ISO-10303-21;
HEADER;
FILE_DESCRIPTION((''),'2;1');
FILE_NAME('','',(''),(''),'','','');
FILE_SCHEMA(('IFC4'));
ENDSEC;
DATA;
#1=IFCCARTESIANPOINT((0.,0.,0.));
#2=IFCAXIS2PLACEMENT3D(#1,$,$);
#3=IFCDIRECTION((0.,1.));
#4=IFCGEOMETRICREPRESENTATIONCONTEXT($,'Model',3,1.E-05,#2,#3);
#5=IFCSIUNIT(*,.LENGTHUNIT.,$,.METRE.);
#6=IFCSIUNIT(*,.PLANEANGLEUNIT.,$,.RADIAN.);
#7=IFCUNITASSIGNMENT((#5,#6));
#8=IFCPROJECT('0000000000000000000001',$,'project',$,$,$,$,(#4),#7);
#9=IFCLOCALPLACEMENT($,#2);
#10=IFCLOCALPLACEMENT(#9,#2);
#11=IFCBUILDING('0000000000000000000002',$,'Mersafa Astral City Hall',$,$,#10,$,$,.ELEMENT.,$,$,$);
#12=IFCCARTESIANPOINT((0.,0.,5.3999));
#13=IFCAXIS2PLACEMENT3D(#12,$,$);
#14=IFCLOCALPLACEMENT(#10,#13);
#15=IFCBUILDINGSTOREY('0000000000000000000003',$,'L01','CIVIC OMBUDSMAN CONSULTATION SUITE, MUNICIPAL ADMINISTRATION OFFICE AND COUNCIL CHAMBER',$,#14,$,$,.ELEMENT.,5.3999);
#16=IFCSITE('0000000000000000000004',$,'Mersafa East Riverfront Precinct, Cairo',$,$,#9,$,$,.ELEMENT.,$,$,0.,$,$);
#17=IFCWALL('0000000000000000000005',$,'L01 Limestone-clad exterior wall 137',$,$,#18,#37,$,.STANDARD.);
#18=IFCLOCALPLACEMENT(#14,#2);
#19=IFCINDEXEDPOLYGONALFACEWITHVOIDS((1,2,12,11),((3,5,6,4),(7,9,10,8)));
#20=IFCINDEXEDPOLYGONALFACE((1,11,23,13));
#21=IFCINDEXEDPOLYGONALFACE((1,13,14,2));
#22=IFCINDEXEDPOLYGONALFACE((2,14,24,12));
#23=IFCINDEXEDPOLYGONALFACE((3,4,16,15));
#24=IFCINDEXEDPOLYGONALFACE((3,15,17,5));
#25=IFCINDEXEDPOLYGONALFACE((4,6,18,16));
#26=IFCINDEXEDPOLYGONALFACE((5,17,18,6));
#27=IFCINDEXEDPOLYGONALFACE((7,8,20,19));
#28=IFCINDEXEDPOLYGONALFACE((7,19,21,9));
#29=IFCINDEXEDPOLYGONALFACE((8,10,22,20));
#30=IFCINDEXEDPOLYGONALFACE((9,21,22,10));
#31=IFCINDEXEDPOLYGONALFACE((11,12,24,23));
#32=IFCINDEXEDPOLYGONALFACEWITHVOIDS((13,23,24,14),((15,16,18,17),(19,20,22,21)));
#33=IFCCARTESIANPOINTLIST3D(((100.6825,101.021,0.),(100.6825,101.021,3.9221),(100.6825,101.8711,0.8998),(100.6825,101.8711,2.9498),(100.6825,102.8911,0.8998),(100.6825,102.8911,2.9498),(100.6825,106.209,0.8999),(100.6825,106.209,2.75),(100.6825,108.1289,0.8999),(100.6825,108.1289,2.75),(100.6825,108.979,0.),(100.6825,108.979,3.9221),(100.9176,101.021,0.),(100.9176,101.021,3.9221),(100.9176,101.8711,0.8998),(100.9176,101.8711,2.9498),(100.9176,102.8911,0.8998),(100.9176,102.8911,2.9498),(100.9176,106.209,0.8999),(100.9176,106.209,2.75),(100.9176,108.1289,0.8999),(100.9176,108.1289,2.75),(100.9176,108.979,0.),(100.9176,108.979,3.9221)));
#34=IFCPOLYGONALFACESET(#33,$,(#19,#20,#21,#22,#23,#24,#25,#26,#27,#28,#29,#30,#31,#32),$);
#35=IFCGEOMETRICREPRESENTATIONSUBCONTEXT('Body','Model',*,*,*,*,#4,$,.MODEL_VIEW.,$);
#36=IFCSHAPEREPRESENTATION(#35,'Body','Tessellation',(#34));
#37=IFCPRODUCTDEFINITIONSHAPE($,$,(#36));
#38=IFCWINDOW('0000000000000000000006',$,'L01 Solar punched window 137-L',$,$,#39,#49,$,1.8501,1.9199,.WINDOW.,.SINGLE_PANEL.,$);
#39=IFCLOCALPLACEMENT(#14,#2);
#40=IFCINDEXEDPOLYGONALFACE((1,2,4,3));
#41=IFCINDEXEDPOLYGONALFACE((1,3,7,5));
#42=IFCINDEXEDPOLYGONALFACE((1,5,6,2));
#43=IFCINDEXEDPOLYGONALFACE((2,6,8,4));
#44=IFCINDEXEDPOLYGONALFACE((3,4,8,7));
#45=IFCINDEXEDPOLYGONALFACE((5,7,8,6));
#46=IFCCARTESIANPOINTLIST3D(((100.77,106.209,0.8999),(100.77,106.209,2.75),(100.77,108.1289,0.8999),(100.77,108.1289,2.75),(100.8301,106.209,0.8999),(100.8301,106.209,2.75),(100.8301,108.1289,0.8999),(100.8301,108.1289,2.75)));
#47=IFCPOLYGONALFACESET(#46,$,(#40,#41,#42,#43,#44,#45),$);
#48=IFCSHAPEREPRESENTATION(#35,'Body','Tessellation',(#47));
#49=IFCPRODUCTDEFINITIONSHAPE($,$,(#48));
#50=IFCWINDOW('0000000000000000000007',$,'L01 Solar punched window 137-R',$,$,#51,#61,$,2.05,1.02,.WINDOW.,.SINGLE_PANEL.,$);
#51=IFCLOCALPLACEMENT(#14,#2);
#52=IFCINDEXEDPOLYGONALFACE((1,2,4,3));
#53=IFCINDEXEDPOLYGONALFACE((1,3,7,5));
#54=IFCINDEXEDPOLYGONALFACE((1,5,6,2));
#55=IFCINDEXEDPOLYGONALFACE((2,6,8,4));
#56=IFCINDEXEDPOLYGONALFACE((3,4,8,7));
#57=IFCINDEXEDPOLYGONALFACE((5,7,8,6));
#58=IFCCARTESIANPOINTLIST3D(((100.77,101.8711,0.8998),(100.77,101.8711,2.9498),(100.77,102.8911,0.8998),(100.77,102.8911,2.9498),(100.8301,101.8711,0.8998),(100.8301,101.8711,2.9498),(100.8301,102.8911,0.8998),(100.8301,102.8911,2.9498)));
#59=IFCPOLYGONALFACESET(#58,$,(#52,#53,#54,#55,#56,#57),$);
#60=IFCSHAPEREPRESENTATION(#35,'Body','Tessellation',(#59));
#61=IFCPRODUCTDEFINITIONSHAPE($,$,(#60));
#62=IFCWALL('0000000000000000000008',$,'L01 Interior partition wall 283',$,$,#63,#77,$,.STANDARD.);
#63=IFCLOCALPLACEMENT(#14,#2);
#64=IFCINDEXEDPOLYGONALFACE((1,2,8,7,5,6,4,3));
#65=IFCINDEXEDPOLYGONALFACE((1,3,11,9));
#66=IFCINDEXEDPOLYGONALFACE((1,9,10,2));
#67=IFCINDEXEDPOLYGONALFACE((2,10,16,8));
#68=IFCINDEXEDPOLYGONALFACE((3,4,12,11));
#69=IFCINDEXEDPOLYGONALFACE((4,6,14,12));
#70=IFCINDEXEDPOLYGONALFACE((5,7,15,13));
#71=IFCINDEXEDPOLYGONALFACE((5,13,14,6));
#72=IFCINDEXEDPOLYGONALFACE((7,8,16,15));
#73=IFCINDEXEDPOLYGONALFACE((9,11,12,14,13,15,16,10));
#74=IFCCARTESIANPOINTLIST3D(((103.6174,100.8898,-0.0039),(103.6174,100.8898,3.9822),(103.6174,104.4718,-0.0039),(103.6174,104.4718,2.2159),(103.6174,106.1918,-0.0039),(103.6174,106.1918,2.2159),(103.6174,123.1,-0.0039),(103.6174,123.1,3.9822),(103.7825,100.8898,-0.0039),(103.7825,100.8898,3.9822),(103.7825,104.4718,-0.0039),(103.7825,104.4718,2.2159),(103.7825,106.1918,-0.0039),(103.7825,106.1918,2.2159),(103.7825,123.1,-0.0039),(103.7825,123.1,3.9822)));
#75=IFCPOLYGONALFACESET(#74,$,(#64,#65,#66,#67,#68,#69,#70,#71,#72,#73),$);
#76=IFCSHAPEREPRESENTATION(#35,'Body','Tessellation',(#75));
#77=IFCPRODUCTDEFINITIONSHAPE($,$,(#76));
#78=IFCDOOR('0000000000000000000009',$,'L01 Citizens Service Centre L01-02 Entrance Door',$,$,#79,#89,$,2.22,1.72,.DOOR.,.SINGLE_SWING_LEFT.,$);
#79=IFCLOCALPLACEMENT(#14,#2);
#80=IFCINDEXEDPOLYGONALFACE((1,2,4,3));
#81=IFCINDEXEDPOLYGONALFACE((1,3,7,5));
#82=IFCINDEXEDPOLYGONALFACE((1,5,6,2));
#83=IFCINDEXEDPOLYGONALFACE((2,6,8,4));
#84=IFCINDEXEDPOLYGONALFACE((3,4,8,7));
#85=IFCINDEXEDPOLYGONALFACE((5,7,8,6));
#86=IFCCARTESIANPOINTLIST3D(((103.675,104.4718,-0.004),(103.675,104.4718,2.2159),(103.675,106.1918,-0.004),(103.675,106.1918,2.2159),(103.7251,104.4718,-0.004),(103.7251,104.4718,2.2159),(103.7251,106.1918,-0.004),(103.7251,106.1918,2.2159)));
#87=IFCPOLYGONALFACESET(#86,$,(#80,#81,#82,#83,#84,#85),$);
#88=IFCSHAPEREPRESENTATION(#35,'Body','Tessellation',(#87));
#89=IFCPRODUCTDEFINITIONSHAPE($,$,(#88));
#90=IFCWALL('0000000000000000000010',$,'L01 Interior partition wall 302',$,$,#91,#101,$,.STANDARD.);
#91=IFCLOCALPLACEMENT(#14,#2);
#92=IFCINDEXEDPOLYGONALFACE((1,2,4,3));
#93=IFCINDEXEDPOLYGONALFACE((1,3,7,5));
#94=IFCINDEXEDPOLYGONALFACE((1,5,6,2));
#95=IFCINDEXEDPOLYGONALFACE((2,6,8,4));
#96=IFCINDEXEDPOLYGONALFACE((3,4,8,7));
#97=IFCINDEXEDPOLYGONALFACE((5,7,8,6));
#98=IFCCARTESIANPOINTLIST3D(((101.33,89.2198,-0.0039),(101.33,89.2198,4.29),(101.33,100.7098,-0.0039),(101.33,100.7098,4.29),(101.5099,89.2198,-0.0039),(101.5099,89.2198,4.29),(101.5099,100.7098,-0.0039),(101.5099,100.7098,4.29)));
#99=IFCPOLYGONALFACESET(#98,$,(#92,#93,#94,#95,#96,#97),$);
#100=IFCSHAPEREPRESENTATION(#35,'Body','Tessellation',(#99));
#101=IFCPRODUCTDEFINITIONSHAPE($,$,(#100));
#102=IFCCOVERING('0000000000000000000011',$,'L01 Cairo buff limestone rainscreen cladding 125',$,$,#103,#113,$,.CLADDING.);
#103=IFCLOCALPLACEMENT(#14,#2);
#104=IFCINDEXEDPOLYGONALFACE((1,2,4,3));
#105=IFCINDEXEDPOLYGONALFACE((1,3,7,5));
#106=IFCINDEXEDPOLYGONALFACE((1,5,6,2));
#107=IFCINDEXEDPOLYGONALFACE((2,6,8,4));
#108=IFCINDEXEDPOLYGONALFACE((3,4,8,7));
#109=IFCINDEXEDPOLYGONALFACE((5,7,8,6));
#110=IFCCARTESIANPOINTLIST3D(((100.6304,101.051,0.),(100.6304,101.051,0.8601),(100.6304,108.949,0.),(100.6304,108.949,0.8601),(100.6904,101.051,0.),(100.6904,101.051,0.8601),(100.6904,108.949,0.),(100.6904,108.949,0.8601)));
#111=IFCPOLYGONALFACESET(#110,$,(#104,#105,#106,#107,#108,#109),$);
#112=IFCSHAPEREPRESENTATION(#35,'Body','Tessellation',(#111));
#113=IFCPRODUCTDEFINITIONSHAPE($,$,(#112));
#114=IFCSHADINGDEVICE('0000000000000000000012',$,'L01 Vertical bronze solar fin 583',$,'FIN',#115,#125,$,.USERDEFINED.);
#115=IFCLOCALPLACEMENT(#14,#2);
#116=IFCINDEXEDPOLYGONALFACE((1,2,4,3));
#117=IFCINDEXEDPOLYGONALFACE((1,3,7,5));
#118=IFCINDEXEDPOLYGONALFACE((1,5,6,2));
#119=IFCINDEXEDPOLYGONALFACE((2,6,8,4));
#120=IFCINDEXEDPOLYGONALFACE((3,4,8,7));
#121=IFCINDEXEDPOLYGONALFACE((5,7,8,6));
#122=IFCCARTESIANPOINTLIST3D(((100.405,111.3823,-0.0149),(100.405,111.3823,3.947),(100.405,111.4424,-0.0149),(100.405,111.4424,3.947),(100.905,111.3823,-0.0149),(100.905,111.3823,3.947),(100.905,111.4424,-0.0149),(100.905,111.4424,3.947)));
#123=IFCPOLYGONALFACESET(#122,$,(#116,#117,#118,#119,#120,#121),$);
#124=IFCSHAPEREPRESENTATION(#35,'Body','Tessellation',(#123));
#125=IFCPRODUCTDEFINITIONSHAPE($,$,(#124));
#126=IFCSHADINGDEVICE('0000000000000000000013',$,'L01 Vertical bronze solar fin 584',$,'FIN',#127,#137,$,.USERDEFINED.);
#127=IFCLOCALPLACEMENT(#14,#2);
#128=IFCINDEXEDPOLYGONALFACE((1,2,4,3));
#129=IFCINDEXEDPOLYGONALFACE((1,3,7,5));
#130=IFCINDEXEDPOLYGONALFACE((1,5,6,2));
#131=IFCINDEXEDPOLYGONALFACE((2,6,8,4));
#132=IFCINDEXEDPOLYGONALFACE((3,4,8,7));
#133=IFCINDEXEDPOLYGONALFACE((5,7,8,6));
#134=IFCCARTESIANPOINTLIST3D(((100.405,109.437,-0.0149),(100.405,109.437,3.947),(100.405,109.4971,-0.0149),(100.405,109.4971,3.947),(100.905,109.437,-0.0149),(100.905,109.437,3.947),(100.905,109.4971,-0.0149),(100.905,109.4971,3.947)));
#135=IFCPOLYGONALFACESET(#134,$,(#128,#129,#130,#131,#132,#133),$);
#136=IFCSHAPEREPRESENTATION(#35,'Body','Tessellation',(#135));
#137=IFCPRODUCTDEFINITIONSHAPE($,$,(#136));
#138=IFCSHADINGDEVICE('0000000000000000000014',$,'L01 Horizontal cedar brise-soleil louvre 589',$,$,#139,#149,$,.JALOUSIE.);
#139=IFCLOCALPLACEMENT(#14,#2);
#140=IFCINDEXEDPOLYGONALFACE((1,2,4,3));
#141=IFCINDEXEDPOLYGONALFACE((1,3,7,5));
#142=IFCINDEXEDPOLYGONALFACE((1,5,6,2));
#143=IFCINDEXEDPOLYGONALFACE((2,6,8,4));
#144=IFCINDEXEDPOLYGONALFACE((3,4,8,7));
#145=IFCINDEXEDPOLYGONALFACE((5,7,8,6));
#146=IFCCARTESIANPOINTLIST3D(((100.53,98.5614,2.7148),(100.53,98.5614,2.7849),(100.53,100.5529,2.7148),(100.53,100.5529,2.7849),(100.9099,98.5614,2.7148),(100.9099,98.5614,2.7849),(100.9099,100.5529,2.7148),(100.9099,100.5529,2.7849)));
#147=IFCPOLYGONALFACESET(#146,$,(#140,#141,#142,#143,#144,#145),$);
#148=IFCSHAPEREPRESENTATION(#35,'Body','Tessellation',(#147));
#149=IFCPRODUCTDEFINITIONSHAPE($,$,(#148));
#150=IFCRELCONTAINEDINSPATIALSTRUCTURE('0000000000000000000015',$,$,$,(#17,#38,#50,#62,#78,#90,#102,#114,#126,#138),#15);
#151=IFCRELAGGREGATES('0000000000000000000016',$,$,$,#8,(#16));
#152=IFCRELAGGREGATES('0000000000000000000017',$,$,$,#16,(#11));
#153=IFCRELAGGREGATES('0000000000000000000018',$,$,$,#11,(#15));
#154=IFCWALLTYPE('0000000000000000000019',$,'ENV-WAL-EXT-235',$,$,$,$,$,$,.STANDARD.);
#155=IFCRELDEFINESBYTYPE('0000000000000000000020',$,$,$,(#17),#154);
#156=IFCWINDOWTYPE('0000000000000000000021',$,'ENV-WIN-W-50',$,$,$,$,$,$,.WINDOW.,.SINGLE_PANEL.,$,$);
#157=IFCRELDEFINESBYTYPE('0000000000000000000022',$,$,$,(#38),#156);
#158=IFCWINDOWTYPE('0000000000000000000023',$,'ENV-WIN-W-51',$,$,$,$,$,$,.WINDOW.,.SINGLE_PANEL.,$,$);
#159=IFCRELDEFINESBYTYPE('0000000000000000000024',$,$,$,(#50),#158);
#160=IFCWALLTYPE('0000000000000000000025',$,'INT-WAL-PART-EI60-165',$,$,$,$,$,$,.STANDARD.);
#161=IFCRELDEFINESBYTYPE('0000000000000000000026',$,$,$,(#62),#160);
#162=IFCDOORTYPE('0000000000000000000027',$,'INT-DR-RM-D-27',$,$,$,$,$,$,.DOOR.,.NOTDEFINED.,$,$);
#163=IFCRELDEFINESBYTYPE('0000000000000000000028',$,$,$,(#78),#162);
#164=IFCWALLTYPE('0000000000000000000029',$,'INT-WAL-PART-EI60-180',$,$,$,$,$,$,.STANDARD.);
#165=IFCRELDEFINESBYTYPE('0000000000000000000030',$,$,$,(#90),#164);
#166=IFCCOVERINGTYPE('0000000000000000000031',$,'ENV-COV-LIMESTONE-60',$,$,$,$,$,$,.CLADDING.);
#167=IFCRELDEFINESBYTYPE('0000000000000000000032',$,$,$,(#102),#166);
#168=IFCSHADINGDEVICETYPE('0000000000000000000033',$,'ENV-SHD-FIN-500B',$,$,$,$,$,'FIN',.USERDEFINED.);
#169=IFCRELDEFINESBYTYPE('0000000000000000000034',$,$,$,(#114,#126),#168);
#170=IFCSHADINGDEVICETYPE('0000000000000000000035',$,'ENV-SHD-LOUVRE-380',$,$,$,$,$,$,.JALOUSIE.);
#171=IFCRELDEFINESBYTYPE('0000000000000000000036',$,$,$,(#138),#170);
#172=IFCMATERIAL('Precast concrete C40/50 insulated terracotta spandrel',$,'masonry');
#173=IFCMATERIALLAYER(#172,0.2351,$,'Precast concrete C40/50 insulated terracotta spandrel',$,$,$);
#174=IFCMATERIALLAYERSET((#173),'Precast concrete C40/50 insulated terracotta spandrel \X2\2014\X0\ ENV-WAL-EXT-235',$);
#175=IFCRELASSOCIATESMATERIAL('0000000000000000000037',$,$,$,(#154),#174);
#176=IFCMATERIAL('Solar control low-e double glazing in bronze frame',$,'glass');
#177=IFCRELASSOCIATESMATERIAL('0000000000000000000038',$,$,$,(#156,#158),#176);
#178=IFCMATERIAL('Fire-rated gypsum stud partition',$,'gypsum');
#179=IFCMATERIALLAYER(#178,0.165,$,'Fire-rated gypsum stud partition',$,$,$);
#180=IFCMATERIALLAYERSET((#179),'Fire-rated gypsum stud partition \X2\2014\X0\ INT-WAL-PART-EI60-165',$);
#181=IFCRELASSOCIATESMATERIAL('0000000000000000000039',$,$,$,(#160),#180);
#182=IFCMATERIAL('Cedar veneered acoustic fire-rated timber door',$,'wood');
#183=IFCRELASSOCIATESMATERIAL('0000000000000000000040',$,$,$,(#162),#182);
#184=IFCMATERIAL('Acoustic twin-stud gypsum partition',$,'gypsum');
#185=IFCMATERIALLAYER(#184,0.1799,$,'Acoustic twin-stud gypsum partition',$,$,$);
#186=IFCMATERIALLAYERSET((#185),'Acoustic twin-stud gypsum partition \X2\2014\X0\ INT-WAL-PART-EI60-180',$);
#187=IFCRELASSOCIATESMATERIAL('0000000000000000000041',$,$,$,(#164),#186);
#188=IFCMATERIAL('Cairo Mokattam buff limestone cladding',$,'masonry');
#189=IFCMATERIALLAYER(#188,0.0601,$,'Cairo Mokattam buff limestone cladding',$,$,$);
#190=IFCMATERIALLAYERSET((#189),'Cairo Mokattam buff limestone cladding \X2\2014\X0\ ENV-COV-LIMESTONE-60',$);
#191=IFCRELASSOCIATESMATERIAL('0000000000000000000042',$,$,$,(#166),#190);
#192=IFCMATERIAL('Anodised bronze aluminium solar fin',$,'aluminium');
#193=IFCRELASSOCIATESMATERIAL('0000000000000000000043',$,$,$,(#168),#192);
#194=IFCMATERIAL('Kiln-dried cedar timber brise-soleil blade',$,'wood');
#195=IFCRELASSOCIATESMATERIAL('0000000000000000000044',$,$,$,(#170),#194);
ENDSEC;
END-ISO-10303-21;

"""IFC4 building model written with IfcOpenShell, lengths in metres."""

from ifc_helpers import new_model, si_unit, direction, frame, frame_2d, origin, origin_2d, place, context, subcontext, project, spatial, rectangle, extrude, material, layer, layer_set, type_object, element, fill, save


model = new_model("IFC4")

# Units and contexts
model_context = context("Model", 3, precision=1e-05, world=origin(), true_north=direction((0.0, 1.0)))
body_context = subcontext(model_context, "Body", "Model", "MODEL_VIEW")
ifc_project = project(units=[si_unit("LENGTHUNIT", "METRE"), si_unit("PLANEANGLEUNIT", "RADIAN")], contexts=[model_context])

# Site, building, storey
site_placement = place(None, origin())
site = spatial("IfcSite", under=ifc_project, at=site_placement, Name="Mersafa East Riverfront Precinct, Cairo", CompositionType="ELEMENT", RefElevation=0.0)
building_placement = place(site_placement, origin())
building = spatial("IfcBuilding", under=site, at=building_placement, Name="Mersafa Astral City Hall", CompositionType="ELEMENT")
storey_placement = place(building_placement, frame((0.0, 0.0, 5.3999)))
storey = spatial("IfcBuildingStorey", under=building, at=storey_placement, Name="L01", Description="CIVIC OMBUDSMAN CONSULTATION SUITE, MUNICIPAL ADMINISTRATION OFFICE AND COUNCIL CHAMBER", CompositionType="ELEMENT", Elevation=5.3999)

# Wall, openings, windows
ifc_material_1 = material(Name="Precast concrete C40/50 insulated terracotta spandrel", Category="masonry")
ifc_layer_1 = layer(ifc_material_1, 0.2351, Name="Precast concrete C40/50 insulated terracotta spandrel")
ifc_layer_set_1 = layer_set([ifc_layer_1], Name="Precast concrete C40/50 insulated terracotta spandrel — ENV-WAL-EXT-235")
wall_type_1 = type_object("IfcWallType", Name="ENV-WAL-EXT-235", PredefinedType="STANDARD", material=ifc_layer_set_1)
wall_1_placement = place(storey_placement, frame((100.8, 108.979, 0.0), z_axis=(0.0, 0.0, 1.0), x_axis=(0.0, -1.0, 0.0)))
wall_1 = element("IfcWall", 1, at=wall_1_placement, inside=storey, type_object=wall_type_1, Name="L01 Limestone-clad exterior wall 137", PredefinedType="STANDARD", context=body_context, shape_type="SweptSolid", body=[
    extrude(rectangle(XDim=7.958, YDim=0.2351, at=frame_2d((3.979, 0.0))), origin(), (0.0, 0.0, 1.0), 3.9221),
])
opening_1_placement = place(wall_1_placement, frame((0.8501, 0.0, 0.8999)))
opening_1 = element("IfcOpeningElement", 2, at=opening_1_placement, cuts=wall_1, PredefinedType="OPENING", context=body_context, shape_type="SweptSolid", body=[
    extrude(rectangle(XDim=1.9199, YDim=1.8501, at=frame_2d((0.96, 0.925))), frame((0.0, 0.1274, 0.0), z_axis=(0.0, -1.0, 0.0), x_axis=(1.0, 0.0, 0.0)), (0.0, 0.0, 1.0), 0.2551),
])
opening_2_placement = place(wall_1_placement, frame((6.0879, 0.0, 0.8999)))
opening_2 = element("IfcOpeningElement", 3, at=opening_2_placement, cuts=wall_1, PredefinedType="OPENING", context=body_context, shape_type="SweptSolid", body=[
    extrude(rectangle(XDim=1.02, YDim=2.05, at=frame_2d((0.51, 1.0249))), frame((0.0, 0.1274, 0.0), z_axis=(0.0, -1.0, 0.0), x_axis=(1.0, 0.0, 0.0)), (0.0, 0.0, 1.0), 0.2551),
])
ifc_material_2 = material(Name="Solar control low-e double glazing in bronze frame", Category="glass")
window_type_1 = type_object("IfcWindowType", Name="ENV-WIN-W-50", PartitioningType="SINGLE_PANEL", PredefinedType="WINDOW", material=ifc_material_2)
window_1_placement = place(opening_1_placement, origin())
window_1 = element("IfcWindow", 4, at=window_1_placement, inside=storey, type_object=window_type_1, Name="L01 Solar punched window 137-L", OverallHeight=1.8501, OverallWidth=1.9199, PartitioningType="SINGLE_PANEL", PredefinedType="WINDOW", context=body_context, shape_type="SweptSolid", body=[
    extrude(rectangle(XDim=1.9199, YDim=1.8501, at=frame_2d((0.96, 0.925))), frame((0.0, 0.03, 0.0), z_axis=(0.0, -1.0, 0.0), x_axis=(1.0, 0.0, 0.0)), (0.0, 0.0, 1.0), 0.0601),
])
fill(opening_1, window_1)
window_type_2 = type_object("IfcWindowType", Name="ENV-WIN-W-51", PartitioningType="SINGLE_PANEL", PredefinedType="WINDOW", material=ifc_material_2)
window_2_placement = place(opening_2_placement, origin())
window_2 = element("IfcWindow", 5, at=window_2_placement, inside=storey, type_object=window_type_2, Name="L01 Solar punched window 137-R", OverallHeight=2.05, OverallWidth=1.02, PartitioningType="SINGLE_PANEL", PredefinedType="WINDOW", context=body_context, shape_type="SweptSolid", body=[
    extrude(rectangle(XDim=1.02, YDim=2.05, at=frame_2d((0.51, 1.0249))), frame((0.0, 0.03, 0.0), z_axis=(0.0, -1.0, 0.0), x_axis=(1.0, 0.0, 0.0)), (0.0, 0.0, 1.0), 0.0601),
])
fill(opening_2, window_2)

# Wall, opening, door
ifc_material_3 = material(Name="Fire-rated gypsum stud partition", Category="gypsum")
ifc_layer_2 = layer(ifc_material_3, 0.165, Name="Fire-rated gypsum stud partition")
ifc_layer_set_2 = layer_set([ifc_layer_2], Name="Fire-rated gypsum stud partition — INT-WAL-PART-EI60-165")
wall_type_2 = type_object("IfcWallType", Name="INT-WAL-PART-EI60-165", PredefinedType="STANDARD", material=ifc_layer_set_2)
wall_2_placement = place(storey_placement, frame((103.7, 100.8899, -0.0039), z_axis=(0.0, 0.0, 1.0), x_axis=(0.0, 1.0, 0.0)))
wall_2 = element("IfcWall", 6, at=wall_2_placement, inside=storey, type_object=wall_type_2, Name="L01 Interior partition wall 283", PredefinedType="STANDARD", context=body_context, shape_type="SweptSolid", body=[
    extrude(rectangle(XDim=22.2102, YDim=0.165, at=frame_2d((11.105, 0.0))), origin(), (0.0, 0.0, 1.0), 3.9861),
])
opening_3_placement = place(wall_2_placement, frame((3.582, 0.0, 0.0)))
opening_3 = element("IfcOpeningElement", 7, at=opening_3_placement, cuts=wall_2, PredefinedType="OPENING", context=body_context, shape_type="SweptSolid", body=[
    extrude(rectangle(XDim=1.72, YDim=2.22, at=frame_2d((0.8599, 1.1099))), frame((0.0, 0.0925, 0.0), z_axis=(0.0, -1.0, 0.0), x_axis=(1.0, 0.0, 0.0)), (0.0, 0.0, 1.0), 0.1851),
])
ifc_material_4 = material(Name="Cedar veneered acoustic fire-rated timber door", Category="wood")
door_type = type_object("IfcDoorType", Name="INT-DR-RM-D-27", OperationType="NOTDEFINED", PredefinedType="DOOR", material=ifc_material_4)
door_placement = place(opening_3_placement, origin())
door = element("IfcDoor", 8, at=door_placement, inside=storey, type_object=door_type, Name="L01 Citizens Service Centre L01-02 Entrance Door", OperationType="SINGLE_SWING_LEFT", OverallHeight=2.22, OverallWidth=1.72, PredefinedType="DOOR", context=body_context, shape_type="SweptSolid", body=[
    extrude(rectangle(XDim=1.72, YDim=2.22, at=frame_2d((0.8599, 1.1099))), frame((0.0, 0.0249, 0.0), z_axis=(0.0, -1.0, 0.0), x_axis=(1.0, 0.0, 0.0)), (0.0, 0.0, 1.0), 0.05),
])
fill(opening_3, door)

# Wall
ifc_material_5 = material(Name="Acoustic twin-stud gypsum partition", Category="gypsum")
ifc_layer_3 = layer(ifc_material_5, 0.1799, Name="Acoustic twin-stud gypsum partition")
ifc_layer_set_3 = layer_set([ifc_layer_3], Name="Acoustic twin-stud gypsum partition — INT-WAL-PART-EI60-180")
wall_type_3 = type_object("IfcWallType", Name="INT-WAL-PART-EI60-180", PredefinedType="STANDARD", material=ifc_layer_set_3)
wall_3_placement = place(storey_placement, frame((101.4199, 100.71, -0.0039), z_axis=(0.0, 0.0, 1.0), x_axis=(0.0, -1.0, 0.0)))
element("IfcWall", 9, at=wall_3_placement, inside=storey, type_object=wall_type_3, Name="L01 Interior partition wall 302", PredefinedType="STANDARD", context=body_context, shape_type="SweptSolid", body=[
    extrude(rectangle(XDim=11.49, YDim=0.1799, at=frame_2d((5.7451, 0.0))), origin(), (0.0, 0.0, 1.0), 4.2939),
])

# Covering
ifc_material_6 = material(Name="Cairo Mokattam buff limestone cladding", Category="masonry")
ifc_layer_4 = layer(ifc_material_6, 0.0601, Name="Cairo Mokattam buff limestone cladding")
ifc_layer_set_4 = layer_set([ifc_layer_4], Name="Cairo Mokattam buff limestone cladding — ENV-COV-LIMESTONE-60")
covering_type = type_object("IfcCoveringType", Name="ENV-COV-LIMESTONE-60", PredefinedType="CLADDING", material=ifc_layer_set_4)
covering_placement = place(storey_placement, frame((100.6604, 105.0, 0.0), z_axis=(0.0, 0.0, 1.0), x_axis=(0.0, -1.0, 0.0)))
element("IfcCovering", 10, at=covering_placement, inside=storey, type_object=covering_type, Name="L01 Cairo buff limestone rainscreen cladding 125", PredefinedType="CLADDING", context=body_context, shape_type="SweptSolid", body=[
    extrude(rectangle(XDim=7.8979, YDim=0.0601, at=origin_2d()), origin(), (0.0, 0.0, 1.0), 0.8601),
])

# Shading devices
ifc_material_7 = material(Name="Anodised bronze aluminium solar fin", Category="aluminium")
shading_device_type_1 = type_object("IfcShadingDeviceType", Name="ENV-SHD-FIN-500B", ElementType="FIN", PredefinedType="USERDEFINED", material=ifc_material_7)
for number, where, z_axis, x_axis, name in (
    (11, (100.655, 111.4124, -0.0149), (0.0, 0.0, 1.0), (0.0, -1.0, 0.0), "L01 Vertical bronze solar fin 583"),
    (12, (100.655, 109.467, -0.0149), (0.0, 0.0, 1.0), (0.0, -1.0, 0.0), "L01 Vertical bronze solar fin 584"),
):
    element("IfcShadingDevice", number, at=place(storey_placement, frame(where, z_axis=z_axis, x_axis=x_axis)), inside=storey, type_object=shading_device_type_1, Name=name, ObjectType="FIN", PredefinedType="USERDEFINED", context=body_context, shape_type="SweptSolid", body=[
        extrude(rectangle(XDim=0.0601, YDim=0.5, at=origin_2d()), origin(), (0.0, 0.0, 1.0), 3.9619),
    ])
ifc_material_8 = material(Name="Kiln-dried cedar timber brise-soleil blade", Category="wood")
shading_device_type_2 = type_object("IfcShadingDeviceType", Name="ENV-SHD-LOUVRE-380", PredefinedType="JALOUSIE", material=ifc_material_8)
shading_device_placement = place(storey_placement, frame((100.72, 99.5571, 2.7148), z_axis=(0.0, 0.0, 1.0), x_axis=(0.0, -1.0, 0.0)))
element("IfcShadingDevice", 13, at=shading_device_placement, inside=storey, type_object=shading_device_type_2, Name="L01 Horizontal cedar brise-soleil louvre 589", PredefinedType="JALOUSIE", context=body_context, shape_type="SweptSolid", body=[
    extrude(rectangle(XDim=1.9915, YDim=0.3799, at=origin_2d()), origin(), (0.0, 0.0, 1.0), 0.0701),
])

save(model, "model.ifc")
